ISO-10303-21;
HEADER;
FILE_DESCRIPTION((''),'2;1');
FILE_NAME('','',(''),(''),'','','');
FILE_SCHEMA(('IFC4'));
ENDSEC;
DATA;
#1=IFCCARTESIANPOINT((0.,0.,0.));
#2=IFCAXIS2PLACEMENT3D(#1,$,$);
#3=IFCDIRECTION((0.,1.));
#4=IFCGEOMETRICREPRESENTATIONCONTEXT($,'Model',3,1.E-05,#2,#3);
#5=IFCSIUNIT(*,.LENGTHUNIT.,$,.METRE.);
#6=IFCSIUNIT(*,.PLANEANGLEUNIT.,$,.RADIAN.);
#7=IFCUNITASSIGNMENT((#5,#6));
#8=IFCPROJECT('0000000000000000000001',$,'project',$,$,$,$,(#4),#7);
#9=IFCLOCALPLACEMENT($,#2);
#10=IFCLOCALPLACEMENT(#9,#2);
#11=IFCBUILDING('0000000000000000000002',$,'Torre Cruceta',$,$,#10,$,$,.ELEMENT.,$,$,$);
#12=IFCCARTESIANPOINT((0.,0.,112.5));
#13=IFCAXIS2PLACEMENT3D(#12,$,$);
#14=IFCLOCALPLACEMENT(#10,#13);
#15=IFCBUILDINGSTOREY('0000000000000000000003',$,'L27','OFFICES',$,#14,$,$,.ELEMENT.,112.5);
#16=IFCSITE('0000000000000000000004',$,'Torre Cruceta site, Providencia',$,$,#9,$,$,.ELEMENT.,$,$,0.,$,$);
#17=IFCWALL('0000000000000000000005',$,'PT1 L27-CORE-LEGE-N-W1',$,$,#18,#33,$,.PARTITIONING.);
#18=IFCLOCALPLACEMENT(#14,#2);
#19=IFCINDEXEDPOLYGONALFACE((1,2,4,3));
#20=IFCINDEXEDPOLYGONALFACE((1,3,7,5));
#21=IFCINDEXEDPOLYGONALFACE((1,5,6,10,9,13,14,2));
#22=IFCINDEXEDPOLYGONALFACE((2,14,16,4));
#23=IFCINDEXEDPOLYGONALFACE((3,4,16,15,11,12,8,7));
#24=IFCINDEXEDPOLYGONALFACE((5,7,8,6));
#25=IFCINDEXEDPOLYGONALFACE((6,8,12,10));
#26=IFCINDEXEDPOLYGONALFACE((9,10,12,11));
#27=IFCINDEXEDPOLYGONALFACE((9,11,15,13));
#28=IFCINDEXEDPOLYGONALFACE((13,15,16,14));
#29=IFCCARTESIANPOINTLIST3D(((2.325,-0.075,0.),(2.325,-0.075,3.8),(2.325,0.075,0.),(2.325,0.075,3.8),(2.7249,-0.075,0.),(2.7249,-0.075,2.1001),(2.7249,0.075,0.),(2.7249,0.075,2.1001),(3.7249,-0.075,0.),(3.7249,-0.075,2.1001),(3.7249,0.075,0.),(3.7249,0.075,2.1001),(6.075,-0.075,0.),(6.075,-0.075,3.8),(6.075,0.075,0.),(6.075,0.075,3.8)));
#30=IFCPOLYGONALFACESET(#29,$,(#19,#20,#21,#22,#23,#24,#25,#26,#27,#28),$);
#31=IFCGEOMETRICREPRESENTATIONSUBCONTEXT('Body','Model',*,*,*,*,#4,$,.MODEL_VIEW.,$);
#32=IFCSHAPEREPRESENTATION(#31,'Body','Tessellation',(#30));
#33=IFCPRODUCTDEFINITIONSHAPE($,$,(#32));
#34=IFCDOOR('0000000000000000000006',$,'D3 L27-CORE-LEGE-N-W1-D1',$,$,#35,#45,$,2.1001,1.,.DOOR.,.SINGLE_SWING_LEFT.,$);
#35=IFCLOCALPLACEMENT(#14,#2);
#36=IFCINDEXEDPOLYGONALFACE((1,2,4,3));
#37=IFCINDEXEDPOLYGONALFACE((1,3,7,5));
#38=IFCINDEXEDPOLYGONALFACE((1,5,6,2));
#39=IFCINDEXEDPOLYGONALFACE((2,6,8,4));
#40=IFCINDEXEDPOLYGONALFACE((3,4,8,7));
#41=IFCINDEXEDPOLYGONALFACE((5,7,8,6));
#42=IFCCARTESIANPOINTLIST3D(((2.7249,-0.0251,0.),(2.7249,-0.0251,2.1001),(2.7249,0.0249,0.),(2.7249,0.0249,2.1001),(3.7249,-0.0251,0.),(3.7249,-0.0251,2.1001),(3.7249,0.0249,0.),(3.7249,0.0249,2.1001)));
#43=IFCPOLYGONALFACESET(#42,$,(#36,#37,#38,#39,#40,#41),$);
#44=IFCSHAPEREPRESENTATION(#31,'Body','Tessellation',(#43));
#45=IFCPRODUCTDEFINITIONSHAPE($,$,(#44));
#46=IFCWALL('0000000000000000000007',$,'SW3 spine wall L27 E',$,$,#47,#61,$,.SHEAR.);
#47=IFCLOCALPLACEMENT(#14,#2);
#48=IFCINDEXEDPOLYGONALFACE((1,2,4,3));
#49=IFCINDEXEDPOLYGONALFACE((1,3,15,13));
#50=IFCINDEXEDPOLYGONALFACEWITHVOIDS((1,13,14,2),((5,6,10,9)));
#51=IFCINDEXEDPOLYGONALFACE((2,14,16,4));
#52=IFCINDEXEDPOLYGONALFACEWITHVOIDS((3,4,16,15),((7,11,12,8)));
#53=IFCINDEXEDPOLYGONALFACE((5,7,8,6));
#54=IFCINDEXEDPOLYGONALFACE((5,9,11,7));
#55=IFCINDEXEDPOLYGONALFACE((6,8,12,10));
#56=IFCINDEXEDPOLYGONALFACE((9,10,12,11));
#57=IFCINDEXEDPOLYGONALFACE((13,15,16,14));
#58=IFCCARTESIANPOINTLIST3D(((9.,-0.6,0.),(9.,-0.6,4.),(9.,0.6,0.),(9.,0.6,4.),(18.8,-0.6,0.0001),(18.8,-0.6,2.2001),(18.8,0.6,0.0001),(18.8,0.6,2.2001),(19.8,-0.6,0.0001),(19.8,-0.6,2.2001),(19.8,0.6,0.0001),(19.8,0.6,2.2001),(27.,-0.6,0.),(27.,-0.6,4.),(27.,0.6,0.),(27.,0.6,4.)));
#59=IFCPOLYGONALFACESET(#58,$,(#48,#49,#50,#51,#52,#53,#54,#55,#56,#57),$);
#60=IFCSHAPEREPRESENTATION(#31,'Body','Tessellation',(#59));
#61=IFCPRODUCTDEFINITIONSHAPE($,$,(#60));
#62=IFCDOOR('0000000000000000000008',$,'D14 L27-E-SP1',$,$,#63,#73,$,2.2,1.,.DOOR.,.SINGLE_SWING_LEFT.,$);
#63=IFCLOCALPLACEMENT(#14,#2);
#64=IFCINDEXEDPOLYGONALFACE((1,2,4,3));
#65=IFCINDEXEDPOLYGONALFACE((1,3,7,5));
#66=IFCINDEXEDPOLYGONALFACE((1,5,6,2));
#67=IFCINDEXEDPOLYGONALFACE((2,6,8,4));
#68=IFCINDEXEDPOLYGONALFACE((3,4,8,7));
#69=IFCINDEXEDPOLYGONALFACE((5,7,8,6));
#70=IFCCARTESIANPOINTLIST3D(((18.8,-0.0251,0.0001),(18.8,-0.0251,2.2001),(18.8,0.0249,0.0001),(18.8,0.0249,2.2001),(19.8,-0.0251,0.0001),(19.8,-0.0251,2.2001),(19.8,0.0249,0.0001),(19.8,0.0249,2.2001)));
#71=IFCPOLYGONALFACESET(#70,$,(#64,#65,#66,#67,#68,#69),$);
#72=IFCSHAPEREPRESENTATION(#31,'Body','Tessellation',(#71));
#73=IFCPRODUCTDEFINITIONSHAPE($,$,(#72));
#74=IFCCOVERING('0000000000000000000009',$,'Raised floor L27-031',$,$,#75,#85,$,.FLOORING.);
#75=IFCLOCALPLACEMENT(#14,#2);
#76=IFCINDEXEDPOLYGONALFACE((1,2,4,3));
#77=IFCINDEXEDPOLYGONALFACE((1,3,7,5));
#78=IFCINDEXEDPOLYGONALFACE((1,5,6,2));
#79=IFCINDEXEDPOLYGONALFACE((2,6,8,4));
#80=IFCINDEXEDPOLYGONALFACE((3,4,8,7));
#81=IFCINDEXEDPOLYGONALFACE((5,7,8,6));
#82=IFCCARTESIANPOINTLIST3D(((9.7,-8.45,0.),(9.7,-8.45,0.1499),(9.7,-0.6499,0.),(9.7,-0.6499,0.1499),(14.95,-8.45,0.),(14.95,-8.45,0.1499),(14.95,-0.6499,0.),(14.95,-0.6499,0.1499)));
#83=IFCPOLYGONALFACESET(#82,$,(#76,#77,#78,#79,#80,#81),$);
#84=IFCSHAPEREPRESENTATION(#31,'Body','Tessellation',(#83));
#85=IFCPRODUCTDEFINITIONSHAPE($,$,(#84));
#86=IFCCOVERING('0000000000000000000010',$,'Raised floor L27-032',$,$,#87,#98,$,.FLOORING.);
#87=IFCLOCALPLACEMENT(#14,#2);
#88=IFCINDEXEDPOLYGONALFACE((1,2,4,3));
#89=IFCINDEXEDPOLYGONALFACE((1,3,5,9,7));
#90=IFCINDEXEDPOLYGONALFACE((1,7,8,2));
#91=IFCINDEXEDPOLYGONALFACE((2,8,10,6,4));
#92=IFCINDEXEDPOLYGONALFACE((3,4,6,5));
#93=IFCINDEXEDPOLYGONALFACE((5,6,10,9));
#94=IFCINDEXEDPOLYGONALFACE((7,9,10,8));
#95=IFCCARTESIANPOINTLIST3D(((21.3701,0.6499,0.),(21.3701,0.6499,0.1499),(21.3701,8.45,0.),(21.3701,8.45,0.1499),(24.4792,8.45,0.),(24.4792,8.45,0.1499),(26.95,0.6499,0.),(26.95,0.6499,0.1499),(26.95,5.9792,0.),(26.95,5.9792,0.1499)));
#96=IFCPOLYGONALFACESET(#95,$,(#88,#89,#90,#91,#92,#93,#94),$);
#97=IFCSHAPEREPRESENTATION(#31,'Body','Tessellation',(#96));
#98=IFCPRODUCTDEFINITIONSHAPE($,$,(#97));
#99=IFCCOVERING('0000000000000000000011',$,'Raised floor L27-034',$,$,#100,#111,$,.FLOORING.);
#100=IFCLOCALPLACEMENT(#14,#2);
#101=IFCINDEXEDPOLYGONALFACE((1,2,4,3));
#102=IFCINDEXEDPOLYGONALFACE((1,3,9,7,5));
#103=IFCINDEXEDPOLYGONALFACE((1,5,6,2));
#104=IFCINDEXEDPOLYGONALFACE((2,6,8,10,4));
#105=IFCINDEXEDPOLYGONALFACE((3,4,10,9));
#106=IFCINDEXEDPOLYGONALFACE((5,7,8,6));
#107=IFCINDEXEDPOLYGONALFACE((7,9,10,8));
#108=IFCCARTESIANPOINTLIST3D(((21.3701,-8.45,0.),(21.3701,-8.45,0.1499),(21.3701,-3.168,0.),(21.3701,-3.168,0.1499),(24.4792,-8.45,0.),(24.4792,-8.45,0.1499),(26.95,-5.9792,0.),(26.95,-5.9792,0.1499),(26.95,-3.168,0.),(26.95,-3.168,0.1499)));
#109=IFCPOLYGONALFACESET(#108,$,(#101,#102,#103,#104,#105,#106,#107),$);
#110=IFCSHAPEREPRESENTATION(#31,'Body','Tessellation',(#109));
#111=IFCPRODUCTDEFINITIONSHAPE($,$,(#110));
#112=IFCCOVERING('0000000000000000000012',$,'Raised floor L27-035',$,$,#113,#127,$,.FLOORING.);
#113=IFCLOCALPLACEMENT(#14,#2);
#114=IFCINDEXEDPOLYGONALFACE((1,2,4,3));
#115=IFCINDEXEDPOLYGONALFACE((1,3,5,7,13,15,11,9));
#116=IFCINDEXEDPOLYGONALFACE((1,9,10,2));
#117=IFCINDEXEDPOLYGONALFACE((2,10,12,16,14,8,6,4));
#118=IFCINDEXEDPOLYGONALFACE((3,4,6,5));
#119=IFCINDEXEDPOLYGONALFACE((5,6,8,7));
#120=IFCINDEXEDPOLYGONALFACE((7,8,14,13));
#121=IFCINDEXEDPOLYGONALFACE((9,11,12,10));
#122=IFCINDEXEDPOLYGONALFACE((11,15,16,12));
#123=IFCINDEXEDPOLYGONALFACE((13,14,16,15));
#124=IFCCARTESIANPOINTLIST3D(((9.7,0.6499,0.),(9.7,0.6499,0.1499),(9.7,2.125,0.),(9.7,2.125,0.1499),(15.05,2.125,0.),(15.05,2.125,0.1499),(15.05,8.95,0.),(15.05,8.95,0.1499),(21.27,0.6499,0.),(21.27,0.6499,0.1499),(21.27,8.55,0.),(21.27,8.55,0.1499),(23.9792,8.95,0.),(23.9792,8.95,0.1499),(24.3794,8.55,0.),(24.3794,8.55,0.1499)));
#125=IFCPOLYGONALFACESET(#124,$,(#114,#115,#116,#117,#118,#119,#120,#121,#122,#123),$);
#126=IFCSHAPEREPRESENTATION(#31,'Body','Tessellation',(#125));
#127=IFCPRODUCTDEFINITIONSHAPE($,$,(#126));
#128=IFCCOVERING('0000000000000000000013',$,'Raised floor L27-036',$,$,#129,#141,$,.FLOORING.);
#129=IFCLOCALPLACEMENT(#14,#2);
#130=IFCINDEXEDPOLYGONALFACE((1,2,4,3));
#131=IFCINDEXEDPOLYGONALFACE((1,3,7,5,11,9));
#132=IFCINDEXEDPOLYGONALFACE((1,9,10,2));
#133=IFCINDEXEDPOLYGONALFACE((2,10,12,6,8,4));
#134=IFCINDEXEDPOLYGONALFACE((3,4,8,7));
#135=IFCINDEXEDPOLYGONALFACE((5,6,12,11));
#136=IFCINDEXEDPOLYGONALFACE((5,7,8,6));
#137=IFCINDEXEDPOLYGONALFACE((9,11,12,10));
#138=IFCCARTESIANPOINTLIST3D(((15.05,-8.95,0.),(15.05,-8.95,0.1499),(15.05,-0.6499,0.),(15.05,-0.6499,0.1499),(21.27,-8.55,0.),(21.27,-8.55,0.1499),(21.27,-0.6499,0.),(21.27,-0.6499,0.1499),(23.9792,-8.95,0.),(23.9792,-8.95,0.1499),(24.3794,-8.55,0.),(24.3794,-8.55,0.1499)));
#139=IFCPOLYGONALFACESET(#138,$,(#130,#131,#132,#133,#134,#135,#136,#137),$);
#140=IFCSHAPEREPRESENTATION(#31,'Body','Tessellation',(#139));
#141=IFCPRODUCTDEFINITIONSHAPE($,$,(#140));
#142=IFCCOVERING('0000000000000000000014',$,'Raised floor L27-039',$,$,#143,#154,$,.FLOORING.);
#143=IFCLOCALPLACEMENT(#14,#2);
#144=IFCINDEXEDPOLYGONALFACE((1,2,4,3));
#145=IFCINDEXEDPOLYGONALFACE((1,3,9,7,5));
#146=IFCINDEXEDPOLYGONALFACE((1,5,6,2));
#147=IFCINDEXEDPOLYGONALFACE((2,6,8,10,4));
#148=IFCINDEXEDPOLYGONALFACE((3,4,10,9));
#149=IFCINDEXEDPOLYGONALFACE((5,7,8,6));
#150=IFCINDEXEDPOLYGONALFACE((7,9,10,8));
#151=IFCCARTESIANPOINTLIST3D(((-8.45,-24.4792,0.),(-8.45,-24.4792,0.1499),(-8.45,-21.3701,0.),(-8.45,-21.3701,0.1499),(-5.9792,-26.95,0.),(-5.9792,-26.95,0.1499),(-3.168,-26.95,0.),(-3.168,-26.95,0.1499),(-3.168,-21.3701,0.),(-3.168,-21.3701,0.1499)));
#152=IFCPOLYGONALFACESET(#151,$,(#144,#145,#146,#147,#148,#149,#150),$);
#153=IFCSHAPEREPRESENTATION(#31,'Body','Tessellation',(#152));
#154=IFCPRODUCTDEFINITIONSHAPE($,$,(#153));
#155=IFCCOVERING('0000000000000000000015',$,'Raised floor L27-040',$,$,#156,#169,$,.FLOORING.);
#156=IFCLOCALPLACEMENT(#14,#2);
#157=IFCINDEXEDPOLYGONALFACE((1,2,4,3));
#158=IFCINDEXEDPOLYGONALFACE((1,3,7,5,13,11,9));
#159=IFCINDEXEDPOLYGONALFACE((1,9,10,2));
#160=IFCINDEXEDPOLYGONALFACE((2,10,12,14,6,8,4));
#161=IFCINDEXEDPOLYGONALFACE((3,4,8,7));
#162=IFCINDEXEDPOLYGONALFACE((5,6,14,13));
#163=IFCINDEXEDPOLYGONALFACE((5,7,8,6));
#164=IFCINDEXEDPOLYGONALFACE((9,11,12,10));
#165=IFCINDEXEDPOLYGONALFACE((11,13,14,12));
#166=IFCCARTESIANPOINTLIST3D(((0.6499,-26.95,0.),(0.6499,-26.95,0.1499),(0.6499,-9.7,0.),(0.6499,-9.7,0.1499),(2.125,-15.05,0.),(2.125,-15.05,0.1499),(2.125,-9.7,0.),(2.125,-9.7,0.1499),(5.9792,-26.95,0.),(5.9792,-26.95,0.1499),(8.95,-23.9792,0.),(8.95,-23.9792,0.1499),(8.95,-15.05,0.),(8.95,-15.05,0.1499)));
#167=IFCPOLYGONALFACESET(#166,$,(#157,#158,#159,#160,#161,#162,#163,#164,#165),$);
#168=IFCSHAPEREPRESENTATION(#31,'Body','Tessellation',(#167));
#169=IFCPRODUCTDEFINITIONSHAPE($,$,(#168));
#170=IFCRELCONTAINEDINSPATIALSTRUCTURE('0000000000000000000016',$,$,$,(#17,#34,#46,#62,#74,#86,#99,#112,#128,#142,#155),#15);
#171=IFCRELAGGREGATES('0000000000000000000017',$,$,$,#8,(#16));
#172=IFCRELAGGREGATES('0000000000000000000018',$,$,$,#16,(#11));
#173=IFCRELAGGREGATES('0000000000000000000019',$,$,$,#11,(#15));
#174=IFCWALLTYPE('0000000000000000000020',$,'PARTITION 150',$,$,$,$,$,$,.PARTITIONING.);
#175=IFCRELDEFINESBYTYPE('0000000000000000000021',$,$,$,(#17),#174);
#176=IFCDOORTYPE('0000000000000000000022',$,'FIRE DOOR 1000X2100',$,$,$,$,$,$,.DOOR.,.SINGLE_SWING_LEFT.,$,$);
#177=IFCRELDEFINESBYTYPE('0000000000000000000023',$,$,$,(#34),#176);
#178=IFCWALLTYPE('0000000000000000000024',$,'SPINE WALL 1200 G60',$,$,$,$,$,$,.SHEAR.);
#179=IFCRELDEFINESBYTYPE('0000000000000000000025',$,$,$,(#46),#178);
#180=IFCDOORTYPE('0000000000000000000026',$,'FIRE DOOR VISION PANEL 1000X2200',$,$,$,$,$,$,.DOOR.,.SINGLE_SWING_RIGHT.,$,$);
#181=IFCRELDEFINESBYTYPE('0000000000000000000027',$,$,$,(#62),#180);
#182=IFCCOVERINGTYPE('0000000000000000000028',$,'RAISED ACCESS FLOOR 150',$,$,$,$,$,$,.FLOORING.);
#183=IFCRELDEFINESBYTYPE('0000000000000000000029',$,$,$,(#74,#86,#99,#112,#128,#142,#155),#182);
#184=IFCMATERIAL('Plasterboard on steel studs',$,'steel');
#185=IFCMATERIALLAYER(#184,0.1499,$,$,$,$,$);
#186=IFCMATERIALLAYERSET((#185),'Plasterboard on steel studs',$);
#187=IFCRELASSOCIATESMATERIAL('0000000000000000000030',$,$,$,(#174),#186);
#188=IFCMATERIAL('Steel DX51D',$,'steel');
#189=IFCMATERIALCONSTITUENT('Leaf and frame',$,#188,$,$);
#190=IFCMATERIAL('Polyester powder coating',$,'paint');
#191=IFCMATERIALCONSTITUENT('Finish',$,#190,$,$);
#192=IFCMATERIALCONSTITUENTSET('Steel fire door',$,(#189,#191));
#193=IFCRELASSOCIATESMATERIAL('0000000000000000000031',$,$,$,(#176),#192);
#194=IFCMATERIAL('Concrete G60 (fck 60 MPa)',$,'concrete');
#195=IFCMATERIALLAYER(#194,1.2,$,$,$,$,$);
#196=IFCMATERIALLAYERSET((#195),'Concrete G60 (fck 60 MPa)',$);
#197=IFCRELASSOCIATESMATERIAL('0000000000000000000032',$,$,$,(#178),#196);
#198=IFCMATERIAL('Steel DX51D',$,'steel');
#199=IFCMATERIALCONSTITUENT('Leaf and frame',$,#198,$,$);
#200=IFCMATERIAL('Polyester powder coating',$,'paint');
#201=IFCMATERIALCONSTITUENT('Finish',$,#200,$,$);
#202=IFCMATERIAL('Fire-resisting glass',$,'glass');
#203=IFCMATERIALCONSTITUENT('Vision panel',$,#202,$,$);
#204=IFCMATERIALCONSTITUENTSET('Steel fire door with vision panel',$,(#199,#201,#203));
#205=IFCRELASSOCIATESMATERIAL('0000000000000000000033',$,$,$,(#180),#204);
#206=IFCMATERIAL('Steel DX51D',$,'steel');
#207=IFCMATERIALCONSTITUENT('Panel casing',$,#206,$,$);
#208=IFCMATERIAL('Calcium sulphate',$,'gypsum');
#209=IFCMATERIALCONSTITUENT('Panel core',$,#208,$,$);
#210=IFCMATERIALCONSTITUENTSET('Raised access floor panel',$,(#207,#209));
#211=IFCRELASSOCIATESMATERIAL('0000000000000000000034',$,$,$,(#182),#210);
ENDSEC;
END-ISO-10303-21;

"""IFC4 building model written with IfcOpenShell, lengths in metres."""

from ifc_helpers import new_model, si_unit, direction, frame, frame_2d, origin, place, context, subcontext, project, spatial, polyline, rectangle, outline, extrude, material, layer, layer_set, constituent, constituent_set, type_object, element, fill, save


model = new_model("IFC4")

# Units and contexts
model_context = context("Model", 3, precision=1e-05, world=origin(), true_north=direction((0.0, 1.0)))
body_context = subcontext(model_context, "Body", "Model", "MODEL_VIEW")
ifc_project = project(units=[si_unit("LENGTHUNIT", "METRE"), si_unit("PLANEANGLEUNIT", "RADIAN")], contexts=[model_context])

# Site, building, storey
site_placement = place(None, origin())
site = spatial("IfcSite", under=ifc_project, at=site_placement, Name="Torre Cruceta site, Providencia", CompositionType="ELEMENT", RefElevation=0.0)
building_placement = place(site_placement, origin())
building = spatial("IfcBuilding", under=site, at=building_placement, Name="Torre Cruceta", CompositionType="ELEMENT")
storey_placement = place(building_placement, frame((0.0, 0.0, 112.5)))
storey = spatial("IfcBuildingStorey", under=building, at=storey_placement, Name="L27", Description="OFFICES", CompositionType="ELEMENT", Elevation=112.5)

# Walls, openings, doors
ifc_material_1 = material(Name="Plasterboard on steel studs", Category="steel")
ifc_layer_1 = layer(ifc_material_1, 0.1499)
ifc_layer_set_1 = layer_set([ifc_layer_1], Name="Plasterboard on steel studs")
wall_type_1 = type_object("IfcWallType", Name="PARTITION 150", PredefinedType="PARTITIONING", material=ifc_layer_set_1)
wall_1_placement = place(storey_placement, frame((2.325, 0.0, 0.0), z_axis=(0.0, 0.0, 1.0), x_axis=(1.0, 0.0, 0.0)))
wall_1 = element("IfcWall", 1, at=wall_1_placement, inside=storey, type_object=wall_type_1, Name="PT1 L27-CORE-LEGE-N-W1", PredefinedType="PARTITIONING", context=body_context, shape_type="SweptSolid", body=[
    extrude(rectangle(XDim=3.75, YDim=0.1499, at=frame_2d((1.875, 0.0))), origin(), (0.0, 0.0, 1.0), 3.8),
])
opening_1_placement = place(wall_1_placement, frame((0.3999, 0.0, 0.0)))
opening_1 = element("IfcOpeningElement", 2, at=opening_1_placement, cuts=wall_1, PredefinedType="OPENING", context=body_context, shape_type="SweptSolid", body=[
    extrude(rectangle(XDim=1.0, YDim=2.1001, at=frame_2d((0.5, 1.05))), frame((0.0, 0.085, 0.0), z_axis=(0.0, -1.0, 0.0), x_axis=(1.0, 0.0, 0.0)), (0.0, 0.0, 1.0), 0.1699),
])
ifc_material_2 = material(Name="Steel DX51D", Category="steel")
ifc_constituent_1 = constituent(ifc_material_2, Name="Leaf and frame")
ifc_material_3 = material(Name="Polyester powder coating", Category="paint")
ifc_constituent_2 = constituent(ifc_material_3, Name="Finish")
ifc_constituent_set_1 = constituent_set(constituents=[ifc_constituent_1, ifc_constituent_2], Name="Steel fire door")
door_type_1 = type_object("IfcDoorType", Name="FIRE DOOR 1000X2100", OperationType="SINGLE_SWING_LEFT", PredefinedType="DOOR", material=ifc_constituent_set_1)
door_1_placement = place(opening_1_placement, origin())
door_1 = element("IfcDoor", 3, at=door_1_placement, inside=storey, type_object=door_type_1, Name="D3 L27-CORE-LEGE-N-W1-D1", OperationType="SINGLE_SWING_LEFT", OverallHeight=2.1001, OverallWidth=1.0, PredefinedType="DOOR", context=body_context, shape_type="SweptSolid", body=[
    extrude(rectangle(XDim=1.0, YDim=2.1001, at=frame_2d((0.5, 1.05))), frame((0.0, 0.0249, 0.0), z_axis=(0.0, -1.0, 0.0), x_axis=(1.0, 0.0, 0.0)), (0.0, 0.0, 1.0), 0.05),
])
fill(opening_1, door_1)
ifc_material_4 = material(Name="Concrete G60 (fck 60 MPa)", Category="concrete")
ifc_layer_2 = layer(ifc_material_4, 1.2)
ifc_layer_set_2 = layer_set([ifc_layer_2], Name="Concrete G60 (fck 60 MPa)")
wall_type_2 = type_object("IfcWallType", Name="SPINE WALL 1200 G60", PredefinedType="SHEAR", material=ifc_layer_set_2)
wall_2_placement = place(storey_placement, frame((9.0, 0.0, 0.0), z_axis=(0.0, 0.0, 1.0), x_axis=(1.0, 0.0, 0.0)))
wall_2 = element("IfcWall", 4, at=wall_2_placement, inside=storey, type_object=wall_type_2, Name="SW3 spine wall L27 E", PredefinedType="SHEAR", context=body_context, shape_type="SweptSolid", body=[
    extrude(rectangle(XDim=18.0, YDim=1.2, at=frame_2d((9.0, 0.0))), origin(), (0.0, 0.0, 1.0), 4.0),
])
opening_2_placement = place(wall_2_placement, frame((9.8, 0.0, 0.0)))
opening_2 = element("IfcOpeningElement", 5, at=opening_2_placement, cuts=wall_2, PredefinedType="OPENING", context=body_context, shape_type="SweptSolid", body=[
    extrude(rectangle(XDim=1.0, YDim=2.2, at=frame_2d((0.5, 1.1001))), frame((0.0, 0.6099, 0.0), z_axis=(0.0, -1.0, 0.0), x_axis=(1.0, 0.0, 0.0)), (0.0, 0.0, 1.0), 1.22),
])
ifc_material_5 = material(Name="Steel DX51D", Category="steel")
ifc_constituent_3 = constituent(ifc_material_5, Name="Leaf and frame")
ifc_material_6 = material(Name="Polyester powder coating", Category="paint")
ifc_constituent_4 = constituent(ifc_material_6, Name="Finish")
ifc_material_7 = material(Name="Fire-resisting glass", Category="glass")
ifc_constituent_5 = constituent(ifc_material_7, Name="Vision panel")
ifc_constituent_set_2 = constituent_set(constituents=[ifc_constituent_3, ifc_constituent_4, ifc_constituent_5], Name="Steel fire door with vision panel")
door_type_2 = type_object("IfcDoorType", Name="FIRE DOOR VISION PANEL 1000X2200", OperationType="SINGLE_SWING_RIGHT", PredefinedType="DOOR", material=ifc_constituent_set_2)
door_2_placement = place(opening_2_placement, frame((1.0, 0.0, 0.0), z_axis=(0.0, 0.0, 1.0), x_axis=(-1.0, 0.0, 0.0)))
door_2 = element("IfcDoor", 6, at=door_2_placement, inside=storey, type_object=door_type_2, Name="D14 L27-E-SP1", OperationType="SINGLE_SWING_LEFT", OverallHeight=2.2, OverallWidth=1.0, PredefinedType="DOOR", context=body_context, shape_type="SweptSolid", body=[
    extrude(rectangle(XDim=1.0, YDim=2.2, at=frame_2d((0.5, 1.1001))), frame((0.0, 0.0251, 0.0), z_axis=(0.0, -1.0, 0.0), x_axis=(1.0, 0.0, 0.0)), (0.0, 0.0, 1.0), 0.05),
])
fill(opening_2, door_2)

# Coverings
ifc_material_8 = material(Name="Steel DX51D", Category="steel")
ifc_constituent_6 = constituent(ifc_material_8, Name="Panel casing")
ifc_material_9 = material(Name="Calcium sulphate", Category="gypsum")
ifc_constituent_7 = constituent(ifc_material_9, Name="Panel core")
ifc_constituent_set_3 = constituent_set(constituents=[ifc_constituent_6, ifc_constituent_7], Name="Raised access floor panel")
covering_type_1 = type_object("IfcCoveringType", Name="RAISED ACCESS FLOOR 150", PredefinedType="FLOORING", material=ifc_constituent_set_3)
covering_1_placement = place(storey_placement, origin())
element("IfcCovering", 7, at=covering_1_placement, inside=storey, type_object=covering_type_1, Name="Raised floor L27-031", PredefinedType="FLOORING", context=body_context, shape_type="SweptSolid", body=[
    extrude(outline(polyline([(9.7, -8.45), (9.7, -0.6499), (14.95, -0.6499), (14.95, -8.45), (9.7, -8.45)])), origin(), (0.0, 0.0, 1.0), 0.1499),
])
covering_2_placement = place(storey_placement, origin())
element("IfcCovering", 8, at=covering_2_placement, inside=storey, type_object=covering_type_1, Name="Raised floor L27-032", PredefinedType="FLOORING", context=body_context, shape_type="SweptSolid", body=[
    extrude(outline(polyline([(26.95, 0.6499), (21.3701, 0.6499), (21.3701, 8.45), (24.4792, 8.45), (26.95, 5.9792), (26.95, 0.6499)])), origin(), (0.0, 0.0, 1.0), 0.1499),
])
covering_3_placement = place(storey_placement, origin())
element("IfcCovering", 9, at=covering_3_placement, inside=storey, type_object=covering_type_1, Name="Raised floor L27-034", PredefinedType="FLOORING", context=body_context, shape_type="SweptSolid", body=[
    extrude(outline(polyline([(24.4792, -8.45), (21.3701, -8.45), (21.3701, -3.168), (26.95, -3.168), (26.95, -5.9792), (24.4792, -8.45)])), origin(), (0.0, 0.0, 1.0), 0.1499),
])
covering_4_placement = place(storey_placement, origin())
element("IfcCovering", 10, at=covering_4_placement, inside=storey, type_object=covering_type_1, Name="Raised floor L27-035", PredefinedType="FLOORING", context=body_context, shape_type="SweptSolid", body=[
    extrude(outline(polyline([(9.7, 2.125), (15.05, 2.125), (15.05, 8.95), (23.9792, 8.95), (24.3794, 8.55), (21.27, 8.55), (21.27, 0.6499), (9.7, 0.6499), (9.7, 2.125)])), origin(), (0.0, 0.0, 1.0), 0.1499),
])
covering_5_placement = place(storey_placement, origin())
element("IfcCovering", 11, at=covering_5_placement, inside=storey, type_object=covering_type_1, Name="Raised floor L27-036", PredefinedType="FLOORING", context=body_context, shape_type="SweptSolid", body=[
    extrude(outline(polyline([(15.05, -8.95), (15.05, -0.6499), (21.27, -0.6499), (21.27, -8.55), (24.3794, -8.55), (23.9792, -8.95), (15.05, -8.95)])), origin(), (0.0, 0.0, 1.0), 0.1499),
])
covering_6_placement = place(storey_placement, origin())
element("IfcCovering", 12, at=covering_6_placement, inside=storey, type_object=covering_type_1, Name="Raised floor L27-039", PredefinedType="FLOORING", context=body_context, shape_type="SweptSolid", body=[
    extrude(outline(polyline([(-8.45, -24.4792), (-8.45, -21.3701), (-3.168, -21.3701), (-3.168, -26.95), (-5.9792, -26.95), (-8.45, -24.4792)])), origin(), (0.0, 0.0, 1.0), 0.1499),
])
covering_7_placement = place(storey_placement, origin())
element("IfcCovering", 13, at=covering_7_placement, inside=storey, type_object=covering_type_1, Name="Raised floor L27-040", PredefinedType="FLOORING", context=body_context, shape_type="SweptSolid", body=[
    extrude(outline(polyline([(0.6499, -26.95), (0.6499, -9.7), (2.125, -9.7), (2.125, -15.05), (8.95, -15.05), (8.95, -23.9792), (5.9792, -26.95), (0.6499, -26.95)])), origin(), (0.0, 0.0, 1.0), 0.1499),
])

save(model, "model.ifc")
